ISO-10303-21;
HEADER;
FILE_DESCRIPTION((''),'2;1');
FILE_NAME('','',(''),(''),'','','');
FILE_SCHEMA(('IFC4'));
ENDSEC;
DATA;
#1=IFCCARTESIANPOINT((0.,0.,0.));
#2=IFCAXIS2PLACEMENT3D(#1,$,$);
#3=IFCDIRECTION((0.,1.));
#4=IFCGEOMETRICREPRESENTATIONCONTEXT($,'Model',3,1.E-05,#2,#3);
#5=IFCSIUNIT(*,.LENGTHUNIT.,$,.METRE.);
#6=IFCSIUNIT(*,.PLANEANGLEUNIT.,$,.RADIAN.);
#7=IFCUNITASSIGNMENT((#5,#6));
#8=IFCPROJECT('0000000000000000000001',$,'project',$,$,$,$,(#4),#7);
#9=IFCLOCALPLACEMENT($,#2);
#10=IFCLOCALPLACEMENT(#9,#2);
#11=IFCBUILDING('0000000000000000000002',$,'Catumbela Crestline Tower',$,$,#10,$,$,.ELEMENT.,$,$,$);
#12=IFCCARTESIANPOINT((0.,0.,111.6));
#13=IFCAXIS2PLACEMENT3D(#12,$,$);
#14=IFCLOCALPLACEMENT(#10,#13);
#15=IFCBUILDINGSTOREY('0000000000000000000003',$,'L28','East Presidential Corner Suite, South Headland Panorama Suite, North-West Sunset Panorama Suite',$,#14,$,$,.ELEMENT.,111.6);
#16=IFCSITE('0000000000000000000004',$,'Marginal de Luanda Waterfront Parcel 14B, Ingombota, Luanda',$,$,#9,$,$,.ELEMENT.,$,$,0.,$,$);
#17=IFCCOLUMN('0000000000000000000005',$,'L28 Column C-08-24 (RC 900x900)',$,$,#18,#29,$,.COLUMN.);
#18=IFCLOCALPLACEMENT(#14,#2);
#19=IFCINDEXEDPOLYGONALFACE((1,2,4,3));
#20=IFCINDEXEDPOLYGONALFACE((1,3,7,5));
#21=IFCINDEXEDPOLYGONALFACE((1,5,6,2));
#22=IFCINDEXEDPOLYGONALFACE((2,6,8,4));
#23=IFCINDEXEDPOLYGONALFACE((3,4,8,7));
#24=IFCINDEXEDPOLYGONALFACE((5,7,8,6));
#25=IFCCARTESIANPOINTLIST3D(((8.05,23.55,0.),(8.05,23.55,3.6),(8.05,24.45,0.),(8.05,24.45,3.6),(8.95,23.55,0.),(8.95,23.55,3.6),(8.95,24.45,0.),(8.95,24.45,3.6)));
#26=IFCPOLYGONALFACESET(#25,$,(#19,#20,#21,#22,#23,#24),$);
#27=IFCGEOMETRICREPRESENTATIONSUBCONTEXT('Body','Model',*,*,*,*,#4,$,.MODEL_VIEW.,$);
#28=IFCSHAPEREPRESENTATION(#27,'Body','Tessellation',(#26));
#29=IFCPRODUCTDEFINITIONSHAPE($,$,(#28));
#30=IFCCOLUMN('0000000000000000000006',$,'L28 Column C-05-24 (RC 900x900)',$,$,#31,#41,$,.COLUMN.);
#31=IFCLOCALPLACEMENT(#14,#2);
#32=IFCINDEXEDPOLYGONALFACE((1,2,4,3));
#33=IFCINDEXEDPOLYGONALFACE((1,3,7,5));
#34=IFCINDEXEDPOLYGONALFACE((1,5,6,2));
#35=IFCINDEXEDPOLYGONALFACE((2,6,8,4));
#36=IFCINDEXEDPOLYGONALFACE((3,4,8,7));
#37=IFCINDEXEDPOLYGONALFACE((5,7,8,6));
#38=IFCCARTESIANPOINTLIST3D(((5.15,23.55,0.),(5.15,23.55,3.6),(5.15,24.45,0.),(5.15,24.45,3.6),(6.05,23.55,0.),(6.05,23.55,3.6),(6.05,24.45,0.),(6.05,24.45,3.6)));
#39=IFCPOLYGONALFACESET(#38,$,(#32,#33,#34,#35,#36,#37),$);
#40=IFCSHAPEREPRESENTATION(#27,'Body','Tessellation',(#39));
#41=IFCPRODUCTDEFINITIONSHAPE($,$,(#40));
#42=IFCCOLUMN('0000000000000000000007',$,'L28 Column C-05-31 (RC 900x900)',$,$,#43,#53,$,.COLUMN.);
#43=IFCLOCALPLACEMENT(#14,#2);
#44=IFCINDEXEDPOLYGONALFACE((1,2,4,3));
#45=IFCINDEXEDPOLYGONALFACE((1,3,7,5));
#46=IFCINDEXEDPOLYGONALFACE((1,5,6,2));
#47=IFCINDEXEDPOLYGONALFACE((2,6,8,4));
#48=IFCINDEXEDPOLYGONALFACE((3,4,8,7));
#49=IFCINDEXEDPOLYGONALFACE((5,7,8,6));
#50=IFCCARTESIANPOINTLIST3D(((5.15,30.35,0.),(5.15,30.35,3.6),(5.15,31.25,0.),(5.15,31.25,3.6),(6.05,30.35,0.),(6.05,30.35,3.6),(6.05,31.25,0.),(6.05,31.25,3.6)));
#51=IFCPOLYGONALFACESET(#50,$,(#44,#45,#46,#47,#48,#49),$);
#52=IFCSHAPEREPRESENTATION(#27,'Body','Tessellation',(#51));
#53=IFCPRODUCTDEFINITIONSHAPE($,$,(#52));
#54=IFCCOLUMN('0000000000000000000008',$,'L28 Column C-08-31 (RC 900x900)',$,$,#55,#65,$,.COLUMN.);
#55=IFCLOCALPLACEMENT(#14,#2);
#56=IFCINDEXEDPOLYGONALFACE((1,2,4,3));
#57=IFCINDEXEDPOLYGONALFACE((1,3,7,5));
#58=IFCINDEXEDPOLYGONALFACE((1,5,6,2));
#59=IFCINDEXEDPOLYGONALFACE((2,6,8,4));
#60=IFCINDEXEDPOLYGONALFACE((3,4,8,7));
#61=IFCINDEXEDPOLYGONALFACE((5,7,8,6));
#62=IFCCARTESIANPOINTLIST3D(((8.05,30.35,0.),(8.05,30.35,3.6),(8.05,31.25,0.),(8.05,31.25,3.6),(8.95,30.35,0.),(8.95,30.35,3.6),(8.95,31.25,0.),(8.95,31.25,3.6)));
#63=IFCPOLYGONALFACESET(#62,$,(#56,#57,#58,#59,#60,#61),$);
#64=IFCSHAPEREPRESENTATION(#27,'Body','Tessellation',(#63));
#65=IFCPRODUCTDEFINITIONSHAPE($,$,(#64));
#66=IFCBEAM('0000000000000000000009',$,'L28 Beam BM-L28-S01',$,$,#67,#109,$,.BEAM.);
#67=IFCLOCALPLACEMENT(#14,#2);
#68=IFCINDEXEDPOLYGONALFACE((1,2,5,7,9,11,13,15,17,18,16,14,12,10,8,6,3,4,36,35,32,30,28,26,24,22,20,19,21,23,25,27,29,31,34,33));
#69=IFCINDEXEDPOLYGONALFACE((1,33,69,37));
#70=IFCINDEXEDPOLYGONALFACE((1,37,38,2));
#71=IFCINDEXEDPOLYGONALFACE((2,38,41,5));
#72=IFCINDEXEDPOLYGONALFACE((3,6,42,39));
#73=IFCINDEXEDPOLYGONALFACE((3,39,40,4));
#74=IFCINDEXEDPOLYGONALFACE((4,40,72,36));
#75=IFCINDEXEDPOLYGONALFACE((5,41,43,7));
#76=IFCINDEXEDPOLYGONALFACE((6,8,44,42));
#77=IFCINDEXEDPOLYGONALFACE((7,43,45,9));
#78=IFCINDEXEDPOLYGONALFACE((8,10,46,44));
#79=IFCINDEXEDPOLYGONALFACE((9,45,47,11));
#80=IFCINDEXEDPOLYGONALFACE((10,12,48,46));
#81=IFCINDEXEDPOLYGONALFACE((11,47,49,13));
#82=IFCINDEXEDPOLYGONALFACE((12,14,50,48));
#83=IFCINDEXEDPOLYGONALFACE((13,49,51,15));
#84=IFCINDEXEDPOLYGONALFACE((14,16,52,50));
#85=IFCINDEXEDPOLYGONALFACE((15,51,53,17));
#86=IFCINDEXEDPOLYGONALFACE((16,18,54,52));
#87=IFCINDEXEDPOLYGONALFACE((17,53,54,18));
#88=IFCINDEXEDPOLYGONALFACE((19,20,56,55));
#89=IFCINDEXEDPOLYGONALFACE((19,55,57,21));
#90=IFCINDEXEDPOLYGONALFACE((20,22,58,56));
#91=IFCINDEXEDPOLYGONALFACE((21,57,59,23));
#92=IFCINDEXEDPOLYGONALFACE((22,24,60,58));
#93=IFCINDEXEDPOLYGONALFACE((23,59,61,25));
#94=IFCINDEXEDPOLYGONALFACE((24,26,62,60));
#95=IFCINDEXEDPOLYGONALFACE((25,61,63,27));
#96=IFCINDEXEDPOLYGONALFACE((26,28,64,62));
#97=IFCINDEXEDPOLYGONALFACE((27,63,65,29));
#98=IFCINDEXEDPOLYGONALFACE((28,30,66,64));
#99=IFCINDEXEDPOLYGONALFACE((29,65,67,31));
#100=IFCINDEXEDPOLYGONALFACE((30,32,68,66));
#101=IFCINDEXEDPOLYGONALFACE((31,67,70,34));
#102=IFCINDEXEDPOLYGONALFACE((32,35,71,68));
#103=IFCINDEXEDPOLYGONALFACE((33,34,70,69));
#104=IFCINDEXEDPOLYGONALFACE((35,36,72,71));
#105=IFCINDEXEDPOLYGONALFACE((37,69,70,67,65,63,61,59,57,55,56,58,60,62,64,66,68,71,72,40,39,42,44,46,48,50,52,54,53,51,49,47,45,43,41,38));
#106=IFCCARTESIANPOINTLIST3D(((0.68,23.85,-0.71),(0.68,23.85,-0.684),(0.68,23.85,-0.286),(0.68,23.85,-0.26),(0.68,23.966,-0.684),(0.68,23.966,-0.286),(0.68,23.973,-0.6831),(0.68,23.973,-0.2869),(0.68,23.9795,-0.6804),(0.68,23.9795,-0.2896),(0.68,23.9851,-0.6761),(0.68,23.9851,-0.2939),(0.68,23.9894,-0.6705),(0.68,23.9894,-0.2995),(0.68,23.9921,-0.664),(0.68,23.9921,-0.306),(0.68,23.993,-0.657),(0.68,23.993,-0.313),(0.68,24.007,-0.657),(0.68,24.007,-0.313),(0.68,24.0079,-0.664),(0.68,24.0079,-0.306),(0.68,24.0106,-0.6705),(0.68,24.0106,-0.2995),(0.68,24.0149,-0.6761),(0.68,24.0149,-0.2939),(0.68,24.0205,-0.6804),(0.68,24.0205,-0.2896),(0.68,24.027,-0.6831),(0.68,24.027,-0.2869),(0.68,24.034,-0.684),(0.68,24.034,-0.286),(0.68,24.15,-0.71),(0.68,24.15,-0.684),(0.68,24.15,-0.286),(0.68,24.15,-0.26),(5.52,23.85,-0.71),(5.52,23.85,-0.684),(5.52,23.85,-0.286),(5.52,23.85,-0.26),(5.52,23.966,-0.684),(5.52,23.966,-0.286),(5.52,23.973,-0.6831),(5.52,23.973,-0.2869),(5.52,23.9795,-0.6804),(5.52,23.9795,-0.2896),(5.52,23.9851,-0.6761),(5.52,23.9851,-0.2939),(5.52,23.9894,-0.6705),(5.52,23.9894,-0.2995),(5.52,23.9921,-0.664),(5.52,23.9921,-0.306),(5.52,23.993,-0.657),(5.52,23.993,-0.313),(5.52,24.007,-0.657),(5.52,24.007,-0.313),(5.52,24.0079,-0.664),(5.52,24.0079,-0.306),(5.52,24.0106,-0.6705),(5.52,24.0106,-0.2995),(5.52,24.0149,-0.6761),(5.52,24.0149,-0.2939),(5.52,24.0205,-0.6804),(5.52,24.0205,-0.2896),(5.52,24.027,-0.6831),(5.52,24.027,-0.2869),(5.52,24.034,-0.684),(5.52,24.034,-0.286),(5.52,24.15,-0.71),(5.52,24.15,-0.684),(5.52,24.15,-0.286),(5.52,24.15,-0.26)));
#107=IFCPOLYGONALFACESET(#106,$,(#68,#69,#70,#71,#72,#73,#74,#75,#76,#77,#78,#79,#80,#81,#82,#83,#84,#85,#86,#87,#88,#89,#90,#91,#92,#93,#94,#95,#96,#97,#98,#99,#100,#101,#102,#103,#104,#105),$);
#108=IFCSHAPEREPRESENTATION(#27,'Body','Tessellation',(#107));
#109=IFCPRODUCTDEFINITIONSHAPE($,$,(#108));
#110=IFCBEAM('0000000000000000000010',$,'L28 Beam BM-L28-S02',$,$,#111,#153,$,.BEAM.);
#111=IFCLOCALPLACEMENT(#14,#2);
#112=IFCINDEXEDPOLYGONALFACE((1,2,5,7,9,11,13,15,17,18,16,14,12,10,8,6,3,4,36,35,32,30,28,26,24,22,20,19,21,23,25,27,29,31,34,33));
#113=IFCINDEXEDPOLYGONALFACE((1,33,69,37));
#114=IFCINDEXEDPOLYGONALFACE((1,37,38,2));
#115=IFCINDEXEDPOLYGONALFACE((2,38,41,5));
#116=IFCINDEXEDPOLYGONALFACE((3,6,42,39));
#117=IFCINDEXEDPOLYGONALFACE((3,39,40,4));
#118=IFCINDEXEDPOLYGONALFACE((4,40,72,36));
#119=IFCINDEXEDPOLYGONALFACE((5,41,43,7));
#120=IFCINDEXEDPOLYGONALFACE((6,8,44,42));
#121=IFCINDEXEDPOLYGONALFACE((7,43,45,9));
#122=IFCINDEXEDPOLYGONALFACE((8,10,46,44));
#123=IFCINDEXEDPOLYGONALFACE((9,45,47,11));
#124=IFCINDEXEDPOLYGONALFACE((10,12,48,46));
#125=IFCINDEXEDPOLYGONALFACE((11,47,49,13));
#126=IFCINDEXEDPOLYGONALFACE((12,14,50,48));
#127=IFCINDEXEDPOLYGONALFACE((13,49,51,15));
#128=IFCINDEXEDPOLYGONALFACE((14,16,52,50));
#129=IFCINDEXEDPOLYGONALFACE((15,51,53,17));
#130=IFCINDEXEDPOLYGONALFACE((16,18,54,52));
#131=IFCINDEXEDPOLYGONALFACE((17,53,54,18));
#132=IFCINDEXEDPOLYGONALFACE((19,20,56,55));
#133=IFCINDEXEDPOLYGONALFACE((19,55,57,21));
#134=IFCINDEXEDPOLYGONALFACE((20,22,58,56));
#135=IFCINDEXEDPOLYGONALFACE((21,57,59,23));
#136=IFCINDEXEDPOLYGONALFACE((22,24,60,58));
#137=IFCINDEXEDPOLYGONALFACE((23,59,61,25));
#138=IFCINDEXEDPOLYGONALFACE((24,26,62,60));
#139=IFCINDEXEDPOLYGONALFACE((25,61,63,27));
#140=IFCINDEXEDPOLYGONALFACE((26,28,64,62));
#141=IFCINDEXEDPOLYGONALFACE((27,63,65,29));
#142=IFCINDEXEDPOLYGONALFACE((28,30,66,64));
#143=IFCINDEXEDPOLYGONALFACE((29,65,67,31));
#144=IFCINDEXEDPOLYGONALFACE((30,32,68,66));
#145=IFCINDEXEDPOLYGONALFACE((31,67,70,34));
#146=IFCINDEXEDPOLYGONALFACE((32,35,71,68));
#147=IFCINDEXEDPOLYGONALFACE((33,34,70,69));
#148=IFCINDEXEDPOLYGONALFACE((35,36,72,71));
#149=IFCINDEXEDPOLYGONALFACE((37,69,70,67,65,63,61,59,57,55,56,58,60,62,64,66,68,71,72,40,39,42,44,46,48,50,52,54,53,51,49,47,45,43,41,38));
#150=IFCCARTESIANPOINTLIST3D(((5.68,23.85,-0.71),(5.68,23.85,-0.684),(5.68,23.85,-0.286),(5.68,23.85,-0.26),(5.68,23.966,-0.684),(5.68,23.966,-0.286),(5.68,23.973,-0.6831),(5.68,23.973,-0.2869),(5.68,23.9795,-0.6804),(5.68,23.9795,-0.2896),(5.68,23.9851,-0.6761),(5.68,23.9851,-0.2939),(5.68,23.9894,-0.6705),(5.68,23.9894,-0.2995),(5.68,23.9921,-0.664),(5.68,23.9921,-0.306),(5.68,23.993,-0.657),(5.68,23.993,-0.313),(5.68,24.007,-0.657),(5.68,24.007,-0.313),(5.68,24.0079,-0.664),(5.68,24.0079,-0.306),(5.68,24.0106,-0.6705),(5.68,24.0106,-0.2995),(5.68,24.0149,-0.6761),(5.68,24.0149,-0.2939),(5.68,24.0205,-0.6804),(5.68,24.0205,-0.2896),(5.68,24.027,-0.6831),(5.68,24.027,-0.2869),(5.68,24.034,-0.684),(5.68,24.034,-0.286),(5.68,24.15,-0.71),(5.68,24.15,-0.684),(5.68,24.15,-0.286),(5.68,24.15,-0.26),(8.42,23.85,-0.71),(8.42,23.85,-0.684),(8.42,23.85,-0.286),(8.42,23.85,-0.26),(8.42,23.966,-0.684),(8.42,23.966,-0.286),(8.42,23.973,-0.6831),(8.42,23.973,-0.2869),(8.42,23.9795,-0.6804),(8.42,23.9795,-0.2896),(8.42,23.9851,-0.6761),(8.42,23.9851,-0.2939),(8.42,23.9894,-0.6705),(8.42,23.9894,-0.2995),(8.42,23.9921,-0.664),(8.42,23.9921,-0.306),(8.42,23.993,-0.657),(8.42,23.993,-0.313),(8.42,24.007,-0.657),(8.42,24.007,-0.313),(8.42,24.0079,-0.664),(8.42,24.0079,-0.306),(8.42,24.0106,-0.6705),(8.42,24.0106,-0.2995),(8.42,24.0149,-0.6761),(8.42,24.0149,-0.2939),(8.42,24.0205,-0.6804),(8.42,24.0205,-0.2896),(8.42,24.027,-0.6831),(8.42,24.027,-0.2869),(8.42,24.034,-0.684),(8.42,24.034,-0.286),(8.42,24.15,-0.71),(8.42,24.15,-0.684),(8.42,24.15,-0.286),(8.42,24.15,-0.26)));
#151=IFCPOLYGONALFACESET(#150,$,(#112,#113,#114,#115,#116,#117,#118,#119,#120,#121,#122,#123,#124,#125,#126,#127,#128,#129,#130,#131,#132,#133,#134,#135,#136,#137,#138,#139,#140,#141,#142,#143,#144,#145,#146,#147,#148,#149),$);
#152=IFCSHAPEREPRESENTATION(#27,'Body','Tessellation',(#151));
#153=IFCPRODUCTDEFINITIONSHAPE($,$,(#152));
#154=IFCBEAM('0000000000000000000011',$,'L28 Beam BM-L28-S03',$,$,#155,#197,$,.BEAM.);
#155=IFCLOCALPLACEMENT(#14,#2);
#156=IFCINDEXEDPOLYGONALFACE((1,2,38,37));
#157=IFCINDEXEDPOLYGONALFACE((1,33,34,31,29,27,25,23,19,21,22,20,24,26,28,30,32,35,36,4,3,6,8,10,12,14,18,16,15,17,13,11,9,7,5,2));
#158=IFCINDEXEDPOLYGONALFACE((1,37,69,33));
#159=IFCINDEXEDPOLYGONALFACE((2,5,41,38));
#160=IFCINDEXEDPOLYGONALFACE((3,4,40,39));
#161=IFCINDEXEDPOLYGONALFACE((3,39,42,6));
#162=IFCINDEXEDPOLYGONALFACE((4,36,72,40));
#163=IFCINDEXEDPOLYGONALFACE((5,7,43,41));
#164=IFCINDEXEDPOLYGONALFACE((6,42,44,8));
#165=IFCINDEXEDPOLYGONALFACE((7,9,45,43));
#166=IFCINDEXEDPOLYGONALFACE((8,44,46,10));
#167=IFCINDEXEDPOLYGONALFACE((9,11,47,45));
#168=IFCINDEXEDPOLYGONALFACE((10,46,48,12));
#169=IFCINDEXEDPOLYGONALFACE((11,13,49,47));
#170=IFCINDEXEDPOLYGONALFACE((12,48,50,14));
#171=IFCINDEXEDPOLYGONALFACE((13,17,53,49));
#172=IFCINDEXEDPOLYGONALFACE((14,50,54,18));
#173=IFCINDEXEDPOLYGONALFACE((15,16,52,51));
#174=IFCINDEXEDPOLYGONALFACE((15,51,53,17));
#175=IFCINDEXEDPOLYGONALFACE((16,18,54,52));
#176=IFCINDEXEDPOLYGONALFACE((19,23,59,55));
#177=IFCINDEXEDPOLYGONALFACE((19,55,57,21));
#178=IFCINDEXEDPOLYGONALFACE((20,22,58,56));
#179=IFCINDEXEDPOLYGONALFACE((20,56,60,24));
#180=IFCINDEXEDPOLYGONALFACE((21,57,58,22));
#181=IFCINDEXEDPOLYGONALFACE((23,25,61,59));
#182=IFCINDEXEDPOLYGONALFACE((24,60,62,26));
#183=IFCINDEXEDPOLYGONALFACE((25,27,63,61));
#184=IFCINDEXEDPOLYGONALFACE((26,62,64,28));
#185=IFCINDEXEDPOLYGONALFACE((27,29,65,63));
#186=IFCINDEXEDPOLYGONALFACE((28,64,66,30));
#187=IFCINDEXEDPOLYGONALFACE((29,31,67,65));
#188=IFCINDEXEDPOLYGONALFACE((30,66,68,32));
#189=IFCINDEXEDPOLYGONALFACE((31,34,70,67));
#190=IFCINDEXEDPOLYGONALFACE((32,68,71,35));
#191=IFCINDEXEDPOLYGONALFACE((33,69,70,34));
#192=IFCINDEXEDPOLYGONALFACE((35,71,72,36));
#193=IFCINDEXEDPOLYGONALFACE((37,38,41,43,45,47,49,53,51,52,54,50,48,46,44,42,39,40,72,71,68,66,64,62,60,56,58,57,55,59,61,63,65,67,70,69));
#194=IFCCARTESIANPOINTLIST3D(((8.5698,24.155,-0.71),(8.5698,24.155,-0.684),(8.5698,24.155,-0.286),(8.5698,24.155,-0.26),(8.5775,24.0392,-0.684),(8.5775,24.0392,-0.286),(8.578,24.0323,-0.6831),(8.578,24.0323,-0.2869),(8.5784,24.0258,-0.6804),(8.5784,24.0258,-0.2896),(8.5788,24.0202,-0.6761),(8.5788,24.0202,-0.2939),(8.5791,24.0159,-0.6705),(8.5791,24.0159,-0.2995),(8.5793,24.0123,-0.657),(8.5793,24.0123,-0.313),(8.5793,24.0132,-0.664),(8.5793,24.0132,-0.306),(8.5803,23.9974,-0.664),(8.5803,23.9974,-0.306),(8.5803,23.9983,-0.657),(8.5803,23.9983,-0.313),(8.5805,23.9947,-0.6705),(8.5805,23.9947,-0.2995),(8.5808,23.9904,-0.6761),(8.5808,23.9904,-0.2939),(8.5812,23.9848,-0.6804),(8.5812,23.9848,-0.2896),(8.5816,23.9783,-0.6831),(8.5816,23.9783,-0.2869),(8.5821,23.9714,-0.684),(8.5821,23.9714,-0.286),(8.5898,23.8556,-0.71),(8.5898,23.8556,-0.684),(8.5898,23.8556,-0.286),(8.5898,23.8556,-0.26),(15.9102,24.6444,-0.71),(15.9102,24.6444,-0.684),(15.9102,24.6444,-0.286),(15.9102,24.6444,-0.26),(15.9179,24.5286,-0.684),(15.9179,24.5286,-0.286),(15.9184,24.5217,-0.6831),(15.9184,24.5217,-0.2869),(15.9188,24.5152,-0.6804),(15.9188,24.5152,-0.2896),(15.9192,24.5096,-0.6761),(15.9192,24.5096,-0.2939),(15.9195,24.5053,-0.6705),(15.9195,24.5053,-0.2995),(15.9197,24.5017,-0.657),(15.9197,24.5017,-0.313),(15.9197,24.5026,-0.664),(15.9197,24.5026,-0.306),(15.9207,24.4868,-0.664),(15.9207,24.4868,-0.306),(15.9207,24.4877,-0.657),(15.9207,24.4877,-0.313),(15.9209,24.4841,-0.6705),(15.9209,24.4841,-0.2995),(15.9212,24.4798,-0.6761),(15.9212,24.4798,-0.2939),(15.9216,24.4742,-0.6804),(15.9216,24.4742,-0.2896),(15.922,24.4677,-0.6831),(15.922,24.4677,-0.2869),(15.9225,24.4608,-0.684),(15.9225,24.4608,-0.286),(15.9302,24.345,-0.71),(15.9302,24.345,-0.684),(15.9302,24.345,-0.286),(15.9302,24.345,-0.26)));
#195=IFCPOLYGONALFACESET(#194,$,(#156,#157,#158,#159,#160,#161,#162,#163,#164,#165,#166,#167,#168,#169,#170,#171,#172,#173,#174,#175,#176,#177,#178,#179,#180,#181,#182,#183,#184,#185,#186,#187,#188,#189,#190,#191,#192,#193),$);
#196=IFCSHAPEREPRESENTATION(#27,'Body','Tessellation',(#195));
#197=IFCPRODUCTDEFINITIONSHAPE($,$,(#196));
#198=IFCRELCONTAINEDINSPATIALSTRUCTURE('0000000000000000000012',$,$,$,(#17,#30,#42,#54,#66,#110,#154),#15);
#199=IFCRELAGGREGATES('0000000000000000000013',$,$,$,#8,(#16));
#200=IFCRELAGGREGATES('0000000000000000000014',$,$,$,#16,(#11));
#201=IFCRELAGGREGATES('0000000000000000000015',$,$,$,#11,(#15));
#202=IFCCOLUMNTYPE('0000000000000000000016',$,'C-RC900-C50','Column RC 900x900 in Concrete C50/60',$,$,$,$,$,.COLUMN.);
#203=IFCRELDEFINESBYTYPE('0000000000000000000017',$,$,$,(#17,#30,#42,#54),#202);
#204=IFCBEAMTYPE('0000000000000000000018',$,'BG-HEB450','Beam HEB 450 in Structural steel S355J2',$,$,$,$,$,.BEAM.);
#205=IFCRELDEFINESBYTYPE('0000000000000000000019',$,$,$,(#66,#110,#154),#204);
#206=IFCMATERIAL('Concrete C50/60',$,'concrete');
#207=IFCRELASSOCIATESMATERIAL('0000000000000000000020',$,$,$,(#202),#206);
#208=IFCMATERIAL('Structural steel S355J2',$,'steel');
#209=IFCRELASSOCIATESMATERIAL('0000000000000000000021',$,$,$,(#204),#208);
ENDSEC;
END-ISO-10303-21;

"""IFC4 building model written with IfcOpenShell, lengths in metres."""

from ifc_helpers import new_model, si_unit, direction, frame, origin, origin_2d, place, context, subcontext, project, spatial, rectangle, i_section, extrude, material, material_profile, profile_set, type_object, element, save


model = new_model("IFC4")

# Units and contexts
model_context = context("Model", 3, precision=1e-05, world=origin(), true_north=direction((0.0, 1.0)))
body_context = subcontext(model_context, "Body", "Model", "MODEL_VIEW")
ifc_project = project(units=[si_unit("LENGTHUNIT", "METRE"), si_unit("PLANEANGLEUNIT", "RADIAN")], contexts=[model_context])

# Site, building, storey
site_placement = place(None, origin())
site = spatial("IfcSite", under=ifc_project, at=site_placement, Name="Marginal de Luanda Waterfront Parcel 14B, Ingombota, Luanda", CompositionType="ELEMENT", RefElevation=0.0)
building_placement = place(site_placement, origin())
building = spatial("IfcBuilding", under=site, at=building_placement, Name="Catumbela Crestline Tower", CompositionType="ELEMENT")
storey_placement = place(building_placement, frame((0.0, 0.0, 111.6)))
storey = spatial("IfcBuildingStorey", under=building, at=storey_placement, Name="L28", Description="East Presidential Corner Suite, South Headland Panorama Suite, North-West Sunset Panorama Suite", CompositionType="ELEMENT", Elevation=111.6)

# Columns
ifc_material_1 = material(Name="Concrete C50/60", Category="concrete")
ifc_material_profile_1 = material_profile(ifc_material_1, rectangle(XDim=0.9, YDim=0.9, at=origin_2d()), Name="RC 900x900")
ifc_profile_set_1 = profile_set([ifc_material_profile_1], Name="Concrete C50/60")
column_type = type_object("IfcColumnType", Name="C-RC900-C50", Description="Column RC 900x900 in Concrete C50/60", PredefinedType="COLUMN", material=ifc_profile_set_1)
for number, where, z_axis, x_axis, name in (
    (1, (8.5, 24.0, 0.0), (0.0, 0.0, 1.0), (1.0, 0.0, 0.0), "L28 Column C-08-24 (RC 900x900)"),
    (2, (5.6, 24.0, 0.0), (0.0, 0.0, 1.0), (1.0, 0.0, 0.0), "L28 Column C-05-24 (RC 900x900)"),
    (3, (5.6, 30.8, 0.0), (0.0, 0.0, 1.0), (1.0, 0.0, 0.0), "L28 Column C-05-31 (RC 900x900)"),
    (4, (8.5, 30.8, 0.0), (0.0, 0.0, 1.0), (1.0, 0.0, 0.0), "L28 Column C-08-31 (RC 900x900)"),
):
    element("IfcColumn", number, at=place(storey_placement, frame(where, z_axis=z_axis, x_axis=x_axis)), inside=storey, type_object=column_type, Name=name, PredefinedType="COLUMN", context=body_context, shape_type="SweptSolid", body=[
        extrude(rectangle(XDim=0.9, YDim=0.9, at=origin_2d()), origin(), (0.0, 0.0, 1.0), 3.6),
    ])

# Beams
ifc_material_2 = material(Name="Structural steel S355J2", Category="steel")
ifc_material_profile_2 = material_profile(ifc_material_2, i_section(OverallWidth=0.3, OverallDepth=0.45, WebThickness=0.014, FlangeThickness=0.026, FilletRadius=0.027, at=origin_2d()), Name="HEB 450")
ifc_profile_set_2 = profile_set([ifc_material_profile_2], Name="Structural steel S355J2")
beam_type = type_object("IfcBeamType", Name="BG-HEB450", Description="Beam HEB 450 in Structural steel S355J2", PredefinedType="BEAM", material=ifc_profile_set_2)
beam_1_placement = place(storey_placement, frame((0.68, 24.0, -0.485), z_axis=(1.0, 0.0, 0.0), x_axis=(0.0, 1.0, 0.0)))
element("IfcBeam", 5, at=beam_1_placement, inside=storey, type_object=beam_type, Name="L28 Beam BM-L28-S01", PredefinedType="BEAM", context=body_context, shape_type="SweptSolid", body=[
    extrude(i_section(OverallWidth=0.3, OverallDepth=0.45, WebThickness=0.014, FlangeThickness=0.026, FilletRadius=0.027, at=origin_2d()), origin(), (0.0, 0.0, 1.0), 4.84),
])
beam_2_placement = place(storey_placement, frame((5.68, 24.0, -0.485), z_axis=(1.0, 0.0, 0.0), x_axis=(0.0, 1.0, 0.0)))
element("IfcBeam", 6, at=beam_2_placement, inside=storey, type_object=beam_type, Name="L28 Beam BM-L28-S02", PredefinedType="BEAM", context=body_context, shape_type="SweptSolid", body=[
    extrude(i_section(OverallWidth=0.3, OverallDepth=0.45, WebThickness=0.014, FlangeThickness=0.026, FilletRadius=0.027, at=origin_2d()), origin(), (0.0, 0.0, 1.0), 2.74),
])
beam_3_placement = place(storey_placement, frame((8.5798, 24.0053, -0.485), z_axis=(0.997785, 0.066524, 0.0), x_axis=(-0.066524, 0.997785, 0.0)))
element("IfcBeam", 7, at=beam_3_placement, inside=storey, type_object=beam_type, Name="L28 Beam BM-L28-S03", PredefinedType="BEAM", context=body_context, shape_type="SweptSolid", body=[
    extrude(i_section(OverallWidth=0.3, OverallDepth=0.45, WebThickness=0.014, FlangeThickness=0.026, FilletRadius=0.027, at=origin_2d()), origin(), (0.0, 0.0, 1.0), 7.3567),
])

save(model, "model.ifc")
